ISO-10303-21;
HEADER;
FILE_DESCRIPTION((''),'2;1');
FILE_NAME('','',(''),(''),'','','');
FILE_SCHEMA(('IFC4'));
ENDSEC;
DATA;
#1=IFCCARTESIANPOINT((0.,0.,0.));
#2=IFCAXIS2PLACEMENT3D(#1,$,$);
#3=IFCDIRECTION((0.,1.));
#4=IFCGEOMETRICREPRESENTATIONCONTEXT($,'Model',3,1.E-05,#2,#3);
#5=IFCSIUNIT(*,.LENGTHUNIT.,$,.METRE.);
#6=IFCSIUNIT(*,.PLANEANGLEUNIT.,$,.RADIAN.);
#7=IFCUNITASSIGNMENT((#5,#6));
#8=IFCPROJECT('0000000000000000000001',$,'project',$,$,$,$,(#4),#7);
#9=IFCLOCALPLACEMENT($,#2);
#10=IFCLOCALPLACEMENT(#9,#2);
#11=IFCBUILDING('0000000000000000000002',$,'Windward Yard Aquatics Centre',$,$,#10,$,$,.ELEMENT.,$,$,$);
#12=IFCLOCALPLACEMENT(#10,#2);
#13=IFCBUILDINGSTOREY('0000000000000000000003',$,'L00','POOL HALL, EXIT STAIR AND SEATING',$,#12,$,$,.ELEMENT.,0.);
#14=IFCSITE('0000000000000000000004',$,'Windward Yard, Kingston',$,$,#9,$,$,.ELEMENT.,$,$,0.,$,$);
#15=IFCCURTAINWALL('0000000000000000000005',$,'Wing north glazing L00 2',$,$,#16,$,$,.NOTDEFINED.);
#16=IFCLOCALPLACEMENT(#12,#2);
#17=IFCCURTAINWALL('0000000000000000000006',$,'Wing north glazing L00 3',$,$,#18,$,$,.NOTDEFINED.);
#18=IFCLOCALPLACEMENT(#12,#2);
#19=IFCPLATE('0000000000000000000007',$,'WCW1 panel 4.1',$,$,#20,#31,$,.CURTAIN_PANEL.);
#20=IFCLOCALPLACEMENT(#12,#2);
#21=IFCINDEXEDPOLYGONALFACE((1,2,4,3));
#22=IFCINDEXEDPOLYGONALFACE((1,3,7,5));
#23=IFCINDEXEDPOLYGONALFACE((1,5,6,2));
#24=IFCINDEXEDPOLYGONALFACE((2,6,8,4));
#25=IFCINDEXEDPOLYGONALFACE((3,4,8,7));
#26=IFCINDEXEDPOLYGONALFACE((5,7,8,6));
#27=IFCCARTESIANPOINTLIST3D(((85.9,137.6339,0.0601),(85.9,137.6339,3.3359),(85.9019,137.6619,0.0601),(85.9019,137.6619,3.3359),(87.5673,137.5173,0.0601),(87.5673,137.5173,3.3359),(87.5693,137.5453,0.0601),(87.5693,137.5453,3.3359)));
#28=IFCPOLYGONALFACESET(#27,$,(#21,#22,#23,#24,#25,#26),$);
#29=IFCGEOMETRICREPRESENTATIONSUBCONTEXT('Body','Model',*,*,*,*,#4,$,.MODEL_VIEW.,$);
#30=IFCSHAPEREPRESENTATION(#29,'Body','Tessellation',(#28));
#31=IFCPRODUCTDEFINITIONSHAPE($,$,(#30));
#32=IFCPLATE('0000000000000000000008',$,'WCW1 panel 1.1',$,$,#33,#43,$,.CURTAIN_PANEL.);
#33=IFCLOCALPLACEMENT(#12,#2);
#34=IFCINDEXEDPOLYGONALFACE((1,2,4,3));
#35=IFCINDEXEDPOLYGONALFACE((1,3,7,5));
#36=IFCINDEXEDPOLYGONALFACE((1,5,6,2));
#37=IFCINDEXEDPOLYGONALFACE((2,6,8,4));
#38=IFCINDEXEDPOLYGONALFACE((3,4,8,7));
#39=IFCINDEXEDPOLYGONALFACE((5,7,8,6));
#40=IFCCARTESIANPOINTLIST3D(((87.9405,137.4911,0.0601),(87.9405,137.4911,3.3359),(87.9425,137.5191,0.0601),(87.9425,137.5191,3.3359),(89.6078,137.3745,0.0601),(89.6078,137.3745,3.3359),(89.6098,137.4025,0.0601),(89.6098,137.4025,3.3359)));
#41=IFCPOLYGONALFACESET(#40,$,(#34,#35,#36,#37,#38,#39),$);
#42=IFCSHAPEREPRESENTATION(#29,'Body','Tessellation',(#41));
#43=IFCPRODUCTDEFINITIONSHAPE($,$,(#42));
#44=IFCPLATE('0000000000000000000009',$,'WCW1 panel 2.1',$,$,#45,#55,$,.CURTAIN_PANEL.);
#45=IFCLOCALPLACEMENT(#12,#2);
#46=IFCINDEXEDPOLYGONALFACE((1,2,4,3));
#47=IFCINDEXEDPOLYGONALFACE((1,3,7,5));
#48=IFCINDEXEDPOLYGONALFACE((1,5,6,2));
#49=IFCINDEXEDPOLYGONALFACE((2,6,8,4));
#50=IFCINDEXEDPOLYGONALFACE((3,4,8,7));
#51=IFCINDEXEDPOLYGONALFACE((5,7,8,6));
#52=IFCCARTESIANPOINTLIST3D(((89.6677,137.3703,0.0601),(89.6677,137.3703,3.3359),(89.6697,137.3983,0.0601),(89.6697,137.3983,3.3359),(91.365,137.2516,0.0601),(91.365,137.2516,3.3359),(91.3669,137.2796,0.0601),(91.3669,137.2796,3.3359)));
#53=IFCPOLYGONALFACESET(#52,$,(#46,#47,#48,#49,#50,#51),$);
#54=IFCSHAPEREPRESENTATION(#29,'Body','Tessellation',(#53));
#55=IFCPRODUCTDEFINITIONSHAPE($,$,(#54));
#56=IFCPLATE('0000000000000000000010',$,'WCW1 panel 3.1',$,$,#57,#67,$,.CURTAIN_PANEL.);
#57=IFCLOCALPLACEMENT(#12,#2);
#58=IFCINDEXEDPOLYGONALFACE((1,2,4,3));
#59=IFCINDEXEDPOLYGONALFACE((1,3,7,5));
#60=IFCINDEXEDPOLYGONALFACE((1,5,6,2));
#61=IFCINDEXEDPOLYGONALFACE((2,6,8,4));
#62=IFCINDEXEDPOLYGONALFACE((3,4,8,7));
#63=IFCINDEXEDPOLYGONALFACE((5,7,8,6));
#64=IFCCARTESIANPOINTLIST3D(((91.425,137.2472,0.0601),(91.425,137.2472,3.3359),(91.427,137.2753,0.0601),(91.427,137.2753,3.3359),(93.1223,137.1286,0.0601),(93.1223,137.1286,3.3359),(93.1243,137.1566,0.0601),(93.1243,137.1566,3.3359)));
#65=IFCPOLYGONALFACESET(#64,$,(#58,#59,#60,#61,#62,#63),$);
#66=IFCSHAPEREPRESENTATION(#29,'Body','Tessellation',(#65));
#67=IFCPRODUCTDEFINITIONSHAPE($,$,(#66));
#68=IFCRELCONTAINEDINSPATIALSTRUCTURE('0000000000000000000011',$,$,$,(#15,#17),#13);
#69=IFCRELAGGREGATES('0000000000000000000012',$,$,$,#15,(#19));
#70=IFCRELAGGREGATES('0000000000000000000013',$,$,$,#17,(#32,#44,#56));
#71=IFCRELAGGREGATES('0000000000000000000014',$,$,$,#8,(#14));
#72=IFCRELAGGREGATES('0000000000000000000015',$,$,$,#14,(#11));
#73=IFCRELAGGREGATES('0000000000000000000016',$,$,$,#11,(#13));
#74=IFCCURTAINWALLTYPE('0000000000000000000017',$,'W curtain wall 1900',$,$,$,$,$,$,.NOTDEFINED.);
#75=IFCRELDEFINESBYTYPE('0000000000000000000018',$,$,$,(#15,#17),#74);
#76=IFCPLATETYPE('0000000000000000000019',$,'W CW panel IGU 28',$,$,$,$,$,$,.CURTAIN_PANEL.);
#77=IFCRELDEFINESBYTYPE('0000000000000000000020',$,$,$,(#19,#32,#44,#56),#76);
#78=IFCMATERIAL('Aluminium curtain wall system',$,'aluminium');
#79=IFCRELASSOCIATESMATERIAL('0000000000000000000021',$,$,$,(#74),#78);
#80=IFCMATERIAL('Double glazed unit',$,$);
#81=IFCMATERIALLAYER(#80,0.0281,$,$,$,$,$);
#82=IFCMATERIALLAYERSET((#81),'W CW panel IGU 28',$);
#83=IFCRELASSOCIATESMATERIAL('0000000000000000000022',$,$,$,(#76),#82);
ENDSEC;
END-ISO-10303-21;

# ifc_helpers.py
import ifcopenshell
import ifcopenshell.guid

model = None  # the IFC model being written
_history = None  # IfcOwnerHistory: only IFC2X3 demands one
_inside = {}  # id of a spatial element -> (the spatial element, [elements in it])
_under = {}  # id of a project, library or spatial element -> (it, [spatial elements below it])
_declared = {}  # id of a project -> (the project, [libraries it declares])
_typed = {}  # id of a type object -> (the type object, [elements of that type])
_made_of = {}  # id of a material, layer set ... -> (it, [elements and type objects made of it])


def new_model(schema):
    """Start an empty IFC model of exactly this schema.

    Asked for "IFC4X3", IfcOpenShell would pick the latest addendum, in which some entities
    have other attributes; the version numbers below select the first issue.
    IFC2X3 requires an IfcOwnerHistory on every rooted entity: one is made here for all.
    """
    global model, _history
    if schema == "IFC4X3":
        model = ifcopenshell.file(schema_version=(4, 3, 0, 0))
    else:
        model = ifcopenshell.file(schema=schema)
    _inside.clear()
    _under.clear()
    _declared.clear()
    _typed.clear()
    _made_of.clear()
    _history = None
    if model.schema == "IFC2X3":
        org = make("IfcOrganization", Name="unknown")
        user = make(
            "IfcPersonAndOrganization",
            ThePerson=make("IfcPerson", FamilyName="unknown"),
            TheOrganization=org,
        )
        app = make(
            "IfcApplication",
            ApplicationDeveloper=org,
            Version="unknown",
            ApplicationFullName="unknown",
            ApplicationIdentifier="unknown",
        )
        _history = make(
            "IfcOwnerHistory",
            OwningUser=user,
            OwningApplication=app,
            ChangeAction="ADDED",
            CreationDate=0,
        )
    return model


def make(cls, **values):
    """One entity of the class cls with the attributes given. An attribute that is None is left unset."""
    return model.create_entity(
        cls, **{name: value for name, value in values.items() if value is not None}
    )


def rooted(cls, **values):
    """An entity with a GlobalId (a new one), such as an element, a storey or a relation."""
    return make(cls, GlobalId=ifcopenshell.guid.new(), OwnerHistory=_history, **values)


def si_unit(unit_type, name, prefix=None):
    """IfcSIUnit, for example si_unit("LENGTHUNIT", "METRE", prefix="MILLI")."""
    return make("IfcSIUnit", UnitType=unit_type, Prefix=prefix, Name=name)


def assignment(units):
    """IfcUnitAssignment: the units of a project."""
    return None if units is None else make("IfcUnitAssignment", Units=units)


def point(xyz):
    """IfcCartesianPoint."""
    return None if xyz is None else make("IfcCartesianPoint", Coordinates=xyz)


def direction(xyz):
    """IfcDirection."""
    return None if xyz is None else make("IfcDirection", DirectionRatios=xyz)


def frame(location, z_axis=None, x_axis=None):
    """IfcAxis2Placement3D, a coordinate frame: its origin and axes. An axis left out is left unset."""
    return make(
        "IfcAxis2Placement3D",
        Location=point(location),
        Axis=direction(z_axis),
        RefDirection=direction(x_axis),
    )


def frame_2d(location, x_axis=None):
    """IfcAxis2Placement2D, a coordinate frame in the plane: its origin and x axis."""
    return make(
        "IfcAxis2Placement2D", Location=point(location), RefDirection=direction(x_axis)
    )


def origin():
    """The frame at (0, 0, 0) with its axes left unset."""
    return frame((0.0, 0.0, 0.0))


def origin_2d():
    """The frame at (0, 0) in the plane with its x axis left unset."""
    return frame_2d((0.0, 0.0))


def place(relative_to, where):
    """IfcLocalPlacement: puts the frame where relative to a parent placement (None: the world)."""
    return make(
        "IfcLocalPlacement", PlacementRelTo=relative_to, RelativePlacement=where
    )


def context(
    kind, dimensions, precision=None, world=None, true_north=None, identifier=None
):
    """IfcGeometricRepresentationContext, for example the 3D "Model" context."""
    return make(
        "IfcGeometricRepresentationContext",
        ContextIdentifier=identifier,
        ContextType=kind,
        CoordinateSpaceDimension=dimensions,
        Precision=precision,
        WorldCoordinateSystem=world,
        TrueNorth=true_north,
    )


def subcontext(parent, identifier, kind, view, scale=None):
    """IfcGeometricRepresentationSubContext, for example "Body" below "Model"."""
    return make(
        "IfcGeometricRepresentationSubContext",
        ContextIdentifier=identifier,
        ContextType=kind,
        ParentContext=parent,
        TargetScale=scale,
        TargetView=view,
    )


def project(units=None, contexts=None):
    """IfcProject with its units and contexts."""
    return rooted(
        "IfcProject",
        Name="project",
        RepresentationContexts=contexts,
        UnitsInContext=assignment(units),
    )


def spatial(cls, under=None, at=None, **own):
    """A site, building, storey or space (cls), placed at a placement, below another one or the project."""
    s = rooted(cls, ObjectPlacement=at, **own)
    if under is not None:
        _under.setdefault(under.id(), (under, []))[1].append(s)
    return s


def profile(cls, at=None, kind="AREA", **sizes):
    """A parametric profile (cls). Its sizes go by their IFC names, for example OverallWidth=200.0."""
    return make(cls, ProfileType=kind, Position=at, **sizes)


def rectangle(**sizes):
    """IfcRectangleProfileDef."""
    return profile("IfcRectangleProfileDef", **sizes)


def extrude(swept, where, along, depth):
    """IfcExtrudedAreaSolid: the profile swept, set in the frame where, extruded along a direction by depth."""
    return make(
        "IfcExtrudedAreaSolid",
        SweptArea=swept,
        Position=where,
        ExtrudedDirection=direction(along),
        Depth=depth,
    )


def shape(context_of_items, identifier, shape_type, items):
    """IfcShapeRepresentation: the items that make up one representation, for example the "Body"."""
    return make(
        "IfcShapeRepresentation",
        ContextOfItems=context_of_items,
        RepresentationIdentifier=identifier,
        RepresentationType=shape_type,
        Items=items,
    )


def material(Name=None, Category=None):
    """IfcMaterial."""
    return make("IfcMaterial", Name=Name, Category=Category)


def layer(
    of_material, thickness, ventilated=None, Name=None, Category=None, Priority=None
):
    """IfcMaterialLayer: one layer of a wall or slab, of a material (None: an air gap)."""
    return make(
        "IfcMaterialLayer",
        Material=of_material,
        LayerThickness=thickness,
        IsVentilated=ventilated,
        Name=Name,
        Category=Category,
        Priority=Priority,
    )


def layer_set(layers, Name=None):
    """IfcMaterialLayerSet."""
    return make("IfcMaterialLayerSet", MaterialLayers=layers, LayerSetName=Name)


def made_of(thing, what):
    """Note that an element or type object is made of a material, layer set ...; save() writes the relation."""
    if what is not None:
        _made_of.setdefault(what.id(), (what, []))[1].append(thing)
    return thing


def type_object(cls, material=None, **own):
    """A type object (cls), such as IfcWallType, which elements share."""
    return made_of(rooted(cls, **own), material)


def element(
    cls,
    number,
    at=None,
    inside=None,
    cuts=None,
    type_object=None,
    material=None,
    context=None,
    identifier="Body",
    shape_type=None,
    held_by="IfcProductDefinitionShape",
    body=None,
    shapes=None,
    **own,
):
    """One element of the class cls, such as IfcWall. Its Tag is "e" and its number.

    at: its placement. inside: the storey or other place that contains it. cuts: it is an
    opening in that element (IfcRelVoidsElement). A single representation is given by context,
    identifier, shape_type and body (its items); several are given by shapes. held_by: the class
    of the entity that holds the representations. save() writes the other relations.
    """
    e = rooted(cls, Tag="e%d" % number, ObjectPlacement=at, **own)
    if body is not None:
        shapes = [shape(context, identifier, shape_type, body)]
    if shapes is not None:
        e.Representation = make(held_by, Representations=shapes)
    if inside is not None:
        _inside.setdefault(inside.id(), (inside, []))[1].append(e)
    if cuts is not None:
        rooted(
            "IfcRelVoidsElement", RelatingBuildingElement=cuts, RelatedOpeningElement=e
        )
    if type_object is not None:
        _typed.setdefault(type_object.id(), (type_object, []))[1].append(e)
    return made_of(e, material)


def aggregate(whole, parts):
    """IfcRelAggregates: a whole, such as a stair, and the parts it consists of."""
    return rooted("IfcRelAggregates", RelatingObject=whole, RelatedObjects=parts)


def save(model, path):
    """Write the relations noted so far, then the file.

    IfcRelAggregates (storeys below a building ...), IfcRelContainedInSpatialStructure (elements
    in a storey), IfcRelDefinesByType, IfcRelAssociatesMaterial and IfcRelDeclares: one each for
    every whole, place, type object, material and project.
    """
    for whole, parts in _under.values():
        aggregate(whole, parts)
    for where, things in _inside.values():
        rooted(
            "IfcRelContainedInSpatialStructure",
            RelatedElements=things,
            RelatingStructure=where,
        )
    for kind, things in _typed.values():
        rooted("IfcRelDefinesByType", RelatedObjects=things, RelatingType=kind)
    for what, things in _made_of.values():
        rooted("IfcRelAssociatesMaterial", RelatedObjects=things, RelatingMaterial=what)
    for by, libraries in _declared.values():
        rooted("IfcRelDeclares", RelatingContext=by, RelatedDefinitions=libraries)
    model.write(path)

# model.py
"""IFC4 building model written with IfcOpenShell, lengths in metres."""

from ifc_helpers import new_model, si_unit, direction, frame, origin, origin_2d, place, context, subcontext, project, spatial, rectangle, extrude, material, layer, layer_set, type_object, element, aggregate, save


model = new_model("IFC4")

# Units and contexts
model_context = context("Model", 3, precision=1e-05, world=origin(), true_north=direction((0.0, 1.0)))
body_context = subcontext(model_context, "Body", "Model", "MODEL_VIEW")
ifc_project = project(units=[si_unit("LENGTHUNIT", "METRE"), si_unit("PLANEANGLEUNIT", "RADIAN")], contexts=[model_context])

# Site, building, storey
site_placement = place(None, origin())
site = spatial("IfcSite", under=ifc_project, at=site_placement, Name="Windward Yard, Kingston", CompositionType="ELEMENT", RefElevation=0.0)
building_placement = place(site_placement, origin())
building = spatial("IfcBuilding", under=site, at=building_placement, Name="Windward Yard Aquatics Centre", CompositionType="ELEMENT")
storey_placement = place(building_placement, origin())
storey = spatial("IfcBuildingStorey", under=building, at=storey_placement, Name="L00", Description="POOL HALL, EXIT STAIR AND SEATING", CompositionType="ELEMENT", Elevation=0.0)

# Curtain walls
ifc_material_1 = material(Name="Aluminium curtain wall system", Category="aluminium")
curtain_wall_type = type_object("IfcCurtainWallType", Name="W curtain wall 1900", PredefinedType="NOTDEFINED", material=ifc_material_1)
curtain_wall_1_placement = place(storey_placement, origin())
curtain_wall_1 = element("IfcCurtainWall", 1, at=curtain_wall_1_placement, inside=storey, type_object=curtain_wall_type, Name="Wing north glazing L00 2", PredefinedType="NOTDEFINED")
curtain_wall_2_placement = place(storey_placement, origin())
curtain_wall_2 = element("IfcCurtainWall", 2, at=curtain_wall_2_placement, inside=storey, type_object=curtain_wall_type, Name="Wing north glazing L00 3", PredefinedType="NOTDEFINED")

# Plates
ifc_material_2 = material(Name="Double glazed unit")
ifc_layer = layer(ifc_material_2, 0.0281)
ifc_layer_set = layer_set([ifc_layer], Name="W CW panel IGU 28")
plate_type = type_object("IfcPlateType", Name="W CW panel IGU 28", PredefinedType="CURTAIN_PANEL", material=ifc_layer_set)
plate_1_placement = place(storey_placement, frame((86.7346, 137.5896, 0.0601), z_axis=(0.0, 0.0, 1.0), x_axis=(0.997564, -0.069756, 0.0)))
plate_1 = element("IfcPlate", 3, at=plate_1_placement, type_object=plate_type, Name="WCW1 panel 4.1", PredefinedType="CURTAIN_PANEL", context=body_context, shape_type="SweptSolid", body=[
    extrude(rectangle(XDim=1.6714, YDim=0.0281, at=origin_2d()), origin(), (0.0, 0.0, 1.0), 3.2759),
])
aggregate(curtain_wall_1, [plate_1])
plate_2_placement = place(storey_placement, frame((88.7751, 137.4468, 0.0601), z_axis=(0.0, 0.0, 1.0), x_axis=(0.997564, -0.069756, 0.0)))
plate_2 = element("IfcPlate", 4, at=plate_2_placement, type_object=plate_type, Name="WCW1 panel 1.1", PredefinedType="CURTAIN_PANEL", context=body_context, shape_type="SweptSolid", body=[
    extrude(rectangle(XDim=1.6714, YDim=0.0281, at=origin_2d()), origin(), (0.0, 0.0, 1.0), 3.2759),
])
plate_3_placement = place(storey_placement, frame((90.5173, 137.325, 0.0601), z_axis=(0.0, 0.0, 1.0), x_axis=(0.997564, -0.069756, 0.0)))
plate_3 = element("IfcPlate", 5, at=plate_3_placement, type_object=plate_type, Name="WCW1 panel 2.1", PredefinedType="CURTAIN_PANEL", context=body_context, shape_type="SweptSolid", body=[
    extrude(rectangle(XDim=1.7014, YDim=0.0281, at=origin_2d()), origin(), (0.0, 0.0, 1.0), 3.2759),
])
plate_4_placement = place(storey_placement, frame((92.2747, 137.2019, 0.0601), z_axis=(0.0, 0.0, 1.0), x_axis=(0.997564, -0.069756, 0.0)))
plate_4 = element("IfcPlate", 6, at=plate_4_placement, type_object=plate_type, Name="WCW1 panel 3.1", PredefinedType="CURTAIN_PANEL", context=body_context, shape_type="SweptSolid", body=[
    extrude(rectangle(XDim=1.7014, YDim=0.0281, at=origin_2d()), origin(), (0.0, 0.0, 1.0), 3.2759),
])
aggregate(curtain_wall_2, [plate_2, plate_3, plate_4])

save(model, "model.ifc")
